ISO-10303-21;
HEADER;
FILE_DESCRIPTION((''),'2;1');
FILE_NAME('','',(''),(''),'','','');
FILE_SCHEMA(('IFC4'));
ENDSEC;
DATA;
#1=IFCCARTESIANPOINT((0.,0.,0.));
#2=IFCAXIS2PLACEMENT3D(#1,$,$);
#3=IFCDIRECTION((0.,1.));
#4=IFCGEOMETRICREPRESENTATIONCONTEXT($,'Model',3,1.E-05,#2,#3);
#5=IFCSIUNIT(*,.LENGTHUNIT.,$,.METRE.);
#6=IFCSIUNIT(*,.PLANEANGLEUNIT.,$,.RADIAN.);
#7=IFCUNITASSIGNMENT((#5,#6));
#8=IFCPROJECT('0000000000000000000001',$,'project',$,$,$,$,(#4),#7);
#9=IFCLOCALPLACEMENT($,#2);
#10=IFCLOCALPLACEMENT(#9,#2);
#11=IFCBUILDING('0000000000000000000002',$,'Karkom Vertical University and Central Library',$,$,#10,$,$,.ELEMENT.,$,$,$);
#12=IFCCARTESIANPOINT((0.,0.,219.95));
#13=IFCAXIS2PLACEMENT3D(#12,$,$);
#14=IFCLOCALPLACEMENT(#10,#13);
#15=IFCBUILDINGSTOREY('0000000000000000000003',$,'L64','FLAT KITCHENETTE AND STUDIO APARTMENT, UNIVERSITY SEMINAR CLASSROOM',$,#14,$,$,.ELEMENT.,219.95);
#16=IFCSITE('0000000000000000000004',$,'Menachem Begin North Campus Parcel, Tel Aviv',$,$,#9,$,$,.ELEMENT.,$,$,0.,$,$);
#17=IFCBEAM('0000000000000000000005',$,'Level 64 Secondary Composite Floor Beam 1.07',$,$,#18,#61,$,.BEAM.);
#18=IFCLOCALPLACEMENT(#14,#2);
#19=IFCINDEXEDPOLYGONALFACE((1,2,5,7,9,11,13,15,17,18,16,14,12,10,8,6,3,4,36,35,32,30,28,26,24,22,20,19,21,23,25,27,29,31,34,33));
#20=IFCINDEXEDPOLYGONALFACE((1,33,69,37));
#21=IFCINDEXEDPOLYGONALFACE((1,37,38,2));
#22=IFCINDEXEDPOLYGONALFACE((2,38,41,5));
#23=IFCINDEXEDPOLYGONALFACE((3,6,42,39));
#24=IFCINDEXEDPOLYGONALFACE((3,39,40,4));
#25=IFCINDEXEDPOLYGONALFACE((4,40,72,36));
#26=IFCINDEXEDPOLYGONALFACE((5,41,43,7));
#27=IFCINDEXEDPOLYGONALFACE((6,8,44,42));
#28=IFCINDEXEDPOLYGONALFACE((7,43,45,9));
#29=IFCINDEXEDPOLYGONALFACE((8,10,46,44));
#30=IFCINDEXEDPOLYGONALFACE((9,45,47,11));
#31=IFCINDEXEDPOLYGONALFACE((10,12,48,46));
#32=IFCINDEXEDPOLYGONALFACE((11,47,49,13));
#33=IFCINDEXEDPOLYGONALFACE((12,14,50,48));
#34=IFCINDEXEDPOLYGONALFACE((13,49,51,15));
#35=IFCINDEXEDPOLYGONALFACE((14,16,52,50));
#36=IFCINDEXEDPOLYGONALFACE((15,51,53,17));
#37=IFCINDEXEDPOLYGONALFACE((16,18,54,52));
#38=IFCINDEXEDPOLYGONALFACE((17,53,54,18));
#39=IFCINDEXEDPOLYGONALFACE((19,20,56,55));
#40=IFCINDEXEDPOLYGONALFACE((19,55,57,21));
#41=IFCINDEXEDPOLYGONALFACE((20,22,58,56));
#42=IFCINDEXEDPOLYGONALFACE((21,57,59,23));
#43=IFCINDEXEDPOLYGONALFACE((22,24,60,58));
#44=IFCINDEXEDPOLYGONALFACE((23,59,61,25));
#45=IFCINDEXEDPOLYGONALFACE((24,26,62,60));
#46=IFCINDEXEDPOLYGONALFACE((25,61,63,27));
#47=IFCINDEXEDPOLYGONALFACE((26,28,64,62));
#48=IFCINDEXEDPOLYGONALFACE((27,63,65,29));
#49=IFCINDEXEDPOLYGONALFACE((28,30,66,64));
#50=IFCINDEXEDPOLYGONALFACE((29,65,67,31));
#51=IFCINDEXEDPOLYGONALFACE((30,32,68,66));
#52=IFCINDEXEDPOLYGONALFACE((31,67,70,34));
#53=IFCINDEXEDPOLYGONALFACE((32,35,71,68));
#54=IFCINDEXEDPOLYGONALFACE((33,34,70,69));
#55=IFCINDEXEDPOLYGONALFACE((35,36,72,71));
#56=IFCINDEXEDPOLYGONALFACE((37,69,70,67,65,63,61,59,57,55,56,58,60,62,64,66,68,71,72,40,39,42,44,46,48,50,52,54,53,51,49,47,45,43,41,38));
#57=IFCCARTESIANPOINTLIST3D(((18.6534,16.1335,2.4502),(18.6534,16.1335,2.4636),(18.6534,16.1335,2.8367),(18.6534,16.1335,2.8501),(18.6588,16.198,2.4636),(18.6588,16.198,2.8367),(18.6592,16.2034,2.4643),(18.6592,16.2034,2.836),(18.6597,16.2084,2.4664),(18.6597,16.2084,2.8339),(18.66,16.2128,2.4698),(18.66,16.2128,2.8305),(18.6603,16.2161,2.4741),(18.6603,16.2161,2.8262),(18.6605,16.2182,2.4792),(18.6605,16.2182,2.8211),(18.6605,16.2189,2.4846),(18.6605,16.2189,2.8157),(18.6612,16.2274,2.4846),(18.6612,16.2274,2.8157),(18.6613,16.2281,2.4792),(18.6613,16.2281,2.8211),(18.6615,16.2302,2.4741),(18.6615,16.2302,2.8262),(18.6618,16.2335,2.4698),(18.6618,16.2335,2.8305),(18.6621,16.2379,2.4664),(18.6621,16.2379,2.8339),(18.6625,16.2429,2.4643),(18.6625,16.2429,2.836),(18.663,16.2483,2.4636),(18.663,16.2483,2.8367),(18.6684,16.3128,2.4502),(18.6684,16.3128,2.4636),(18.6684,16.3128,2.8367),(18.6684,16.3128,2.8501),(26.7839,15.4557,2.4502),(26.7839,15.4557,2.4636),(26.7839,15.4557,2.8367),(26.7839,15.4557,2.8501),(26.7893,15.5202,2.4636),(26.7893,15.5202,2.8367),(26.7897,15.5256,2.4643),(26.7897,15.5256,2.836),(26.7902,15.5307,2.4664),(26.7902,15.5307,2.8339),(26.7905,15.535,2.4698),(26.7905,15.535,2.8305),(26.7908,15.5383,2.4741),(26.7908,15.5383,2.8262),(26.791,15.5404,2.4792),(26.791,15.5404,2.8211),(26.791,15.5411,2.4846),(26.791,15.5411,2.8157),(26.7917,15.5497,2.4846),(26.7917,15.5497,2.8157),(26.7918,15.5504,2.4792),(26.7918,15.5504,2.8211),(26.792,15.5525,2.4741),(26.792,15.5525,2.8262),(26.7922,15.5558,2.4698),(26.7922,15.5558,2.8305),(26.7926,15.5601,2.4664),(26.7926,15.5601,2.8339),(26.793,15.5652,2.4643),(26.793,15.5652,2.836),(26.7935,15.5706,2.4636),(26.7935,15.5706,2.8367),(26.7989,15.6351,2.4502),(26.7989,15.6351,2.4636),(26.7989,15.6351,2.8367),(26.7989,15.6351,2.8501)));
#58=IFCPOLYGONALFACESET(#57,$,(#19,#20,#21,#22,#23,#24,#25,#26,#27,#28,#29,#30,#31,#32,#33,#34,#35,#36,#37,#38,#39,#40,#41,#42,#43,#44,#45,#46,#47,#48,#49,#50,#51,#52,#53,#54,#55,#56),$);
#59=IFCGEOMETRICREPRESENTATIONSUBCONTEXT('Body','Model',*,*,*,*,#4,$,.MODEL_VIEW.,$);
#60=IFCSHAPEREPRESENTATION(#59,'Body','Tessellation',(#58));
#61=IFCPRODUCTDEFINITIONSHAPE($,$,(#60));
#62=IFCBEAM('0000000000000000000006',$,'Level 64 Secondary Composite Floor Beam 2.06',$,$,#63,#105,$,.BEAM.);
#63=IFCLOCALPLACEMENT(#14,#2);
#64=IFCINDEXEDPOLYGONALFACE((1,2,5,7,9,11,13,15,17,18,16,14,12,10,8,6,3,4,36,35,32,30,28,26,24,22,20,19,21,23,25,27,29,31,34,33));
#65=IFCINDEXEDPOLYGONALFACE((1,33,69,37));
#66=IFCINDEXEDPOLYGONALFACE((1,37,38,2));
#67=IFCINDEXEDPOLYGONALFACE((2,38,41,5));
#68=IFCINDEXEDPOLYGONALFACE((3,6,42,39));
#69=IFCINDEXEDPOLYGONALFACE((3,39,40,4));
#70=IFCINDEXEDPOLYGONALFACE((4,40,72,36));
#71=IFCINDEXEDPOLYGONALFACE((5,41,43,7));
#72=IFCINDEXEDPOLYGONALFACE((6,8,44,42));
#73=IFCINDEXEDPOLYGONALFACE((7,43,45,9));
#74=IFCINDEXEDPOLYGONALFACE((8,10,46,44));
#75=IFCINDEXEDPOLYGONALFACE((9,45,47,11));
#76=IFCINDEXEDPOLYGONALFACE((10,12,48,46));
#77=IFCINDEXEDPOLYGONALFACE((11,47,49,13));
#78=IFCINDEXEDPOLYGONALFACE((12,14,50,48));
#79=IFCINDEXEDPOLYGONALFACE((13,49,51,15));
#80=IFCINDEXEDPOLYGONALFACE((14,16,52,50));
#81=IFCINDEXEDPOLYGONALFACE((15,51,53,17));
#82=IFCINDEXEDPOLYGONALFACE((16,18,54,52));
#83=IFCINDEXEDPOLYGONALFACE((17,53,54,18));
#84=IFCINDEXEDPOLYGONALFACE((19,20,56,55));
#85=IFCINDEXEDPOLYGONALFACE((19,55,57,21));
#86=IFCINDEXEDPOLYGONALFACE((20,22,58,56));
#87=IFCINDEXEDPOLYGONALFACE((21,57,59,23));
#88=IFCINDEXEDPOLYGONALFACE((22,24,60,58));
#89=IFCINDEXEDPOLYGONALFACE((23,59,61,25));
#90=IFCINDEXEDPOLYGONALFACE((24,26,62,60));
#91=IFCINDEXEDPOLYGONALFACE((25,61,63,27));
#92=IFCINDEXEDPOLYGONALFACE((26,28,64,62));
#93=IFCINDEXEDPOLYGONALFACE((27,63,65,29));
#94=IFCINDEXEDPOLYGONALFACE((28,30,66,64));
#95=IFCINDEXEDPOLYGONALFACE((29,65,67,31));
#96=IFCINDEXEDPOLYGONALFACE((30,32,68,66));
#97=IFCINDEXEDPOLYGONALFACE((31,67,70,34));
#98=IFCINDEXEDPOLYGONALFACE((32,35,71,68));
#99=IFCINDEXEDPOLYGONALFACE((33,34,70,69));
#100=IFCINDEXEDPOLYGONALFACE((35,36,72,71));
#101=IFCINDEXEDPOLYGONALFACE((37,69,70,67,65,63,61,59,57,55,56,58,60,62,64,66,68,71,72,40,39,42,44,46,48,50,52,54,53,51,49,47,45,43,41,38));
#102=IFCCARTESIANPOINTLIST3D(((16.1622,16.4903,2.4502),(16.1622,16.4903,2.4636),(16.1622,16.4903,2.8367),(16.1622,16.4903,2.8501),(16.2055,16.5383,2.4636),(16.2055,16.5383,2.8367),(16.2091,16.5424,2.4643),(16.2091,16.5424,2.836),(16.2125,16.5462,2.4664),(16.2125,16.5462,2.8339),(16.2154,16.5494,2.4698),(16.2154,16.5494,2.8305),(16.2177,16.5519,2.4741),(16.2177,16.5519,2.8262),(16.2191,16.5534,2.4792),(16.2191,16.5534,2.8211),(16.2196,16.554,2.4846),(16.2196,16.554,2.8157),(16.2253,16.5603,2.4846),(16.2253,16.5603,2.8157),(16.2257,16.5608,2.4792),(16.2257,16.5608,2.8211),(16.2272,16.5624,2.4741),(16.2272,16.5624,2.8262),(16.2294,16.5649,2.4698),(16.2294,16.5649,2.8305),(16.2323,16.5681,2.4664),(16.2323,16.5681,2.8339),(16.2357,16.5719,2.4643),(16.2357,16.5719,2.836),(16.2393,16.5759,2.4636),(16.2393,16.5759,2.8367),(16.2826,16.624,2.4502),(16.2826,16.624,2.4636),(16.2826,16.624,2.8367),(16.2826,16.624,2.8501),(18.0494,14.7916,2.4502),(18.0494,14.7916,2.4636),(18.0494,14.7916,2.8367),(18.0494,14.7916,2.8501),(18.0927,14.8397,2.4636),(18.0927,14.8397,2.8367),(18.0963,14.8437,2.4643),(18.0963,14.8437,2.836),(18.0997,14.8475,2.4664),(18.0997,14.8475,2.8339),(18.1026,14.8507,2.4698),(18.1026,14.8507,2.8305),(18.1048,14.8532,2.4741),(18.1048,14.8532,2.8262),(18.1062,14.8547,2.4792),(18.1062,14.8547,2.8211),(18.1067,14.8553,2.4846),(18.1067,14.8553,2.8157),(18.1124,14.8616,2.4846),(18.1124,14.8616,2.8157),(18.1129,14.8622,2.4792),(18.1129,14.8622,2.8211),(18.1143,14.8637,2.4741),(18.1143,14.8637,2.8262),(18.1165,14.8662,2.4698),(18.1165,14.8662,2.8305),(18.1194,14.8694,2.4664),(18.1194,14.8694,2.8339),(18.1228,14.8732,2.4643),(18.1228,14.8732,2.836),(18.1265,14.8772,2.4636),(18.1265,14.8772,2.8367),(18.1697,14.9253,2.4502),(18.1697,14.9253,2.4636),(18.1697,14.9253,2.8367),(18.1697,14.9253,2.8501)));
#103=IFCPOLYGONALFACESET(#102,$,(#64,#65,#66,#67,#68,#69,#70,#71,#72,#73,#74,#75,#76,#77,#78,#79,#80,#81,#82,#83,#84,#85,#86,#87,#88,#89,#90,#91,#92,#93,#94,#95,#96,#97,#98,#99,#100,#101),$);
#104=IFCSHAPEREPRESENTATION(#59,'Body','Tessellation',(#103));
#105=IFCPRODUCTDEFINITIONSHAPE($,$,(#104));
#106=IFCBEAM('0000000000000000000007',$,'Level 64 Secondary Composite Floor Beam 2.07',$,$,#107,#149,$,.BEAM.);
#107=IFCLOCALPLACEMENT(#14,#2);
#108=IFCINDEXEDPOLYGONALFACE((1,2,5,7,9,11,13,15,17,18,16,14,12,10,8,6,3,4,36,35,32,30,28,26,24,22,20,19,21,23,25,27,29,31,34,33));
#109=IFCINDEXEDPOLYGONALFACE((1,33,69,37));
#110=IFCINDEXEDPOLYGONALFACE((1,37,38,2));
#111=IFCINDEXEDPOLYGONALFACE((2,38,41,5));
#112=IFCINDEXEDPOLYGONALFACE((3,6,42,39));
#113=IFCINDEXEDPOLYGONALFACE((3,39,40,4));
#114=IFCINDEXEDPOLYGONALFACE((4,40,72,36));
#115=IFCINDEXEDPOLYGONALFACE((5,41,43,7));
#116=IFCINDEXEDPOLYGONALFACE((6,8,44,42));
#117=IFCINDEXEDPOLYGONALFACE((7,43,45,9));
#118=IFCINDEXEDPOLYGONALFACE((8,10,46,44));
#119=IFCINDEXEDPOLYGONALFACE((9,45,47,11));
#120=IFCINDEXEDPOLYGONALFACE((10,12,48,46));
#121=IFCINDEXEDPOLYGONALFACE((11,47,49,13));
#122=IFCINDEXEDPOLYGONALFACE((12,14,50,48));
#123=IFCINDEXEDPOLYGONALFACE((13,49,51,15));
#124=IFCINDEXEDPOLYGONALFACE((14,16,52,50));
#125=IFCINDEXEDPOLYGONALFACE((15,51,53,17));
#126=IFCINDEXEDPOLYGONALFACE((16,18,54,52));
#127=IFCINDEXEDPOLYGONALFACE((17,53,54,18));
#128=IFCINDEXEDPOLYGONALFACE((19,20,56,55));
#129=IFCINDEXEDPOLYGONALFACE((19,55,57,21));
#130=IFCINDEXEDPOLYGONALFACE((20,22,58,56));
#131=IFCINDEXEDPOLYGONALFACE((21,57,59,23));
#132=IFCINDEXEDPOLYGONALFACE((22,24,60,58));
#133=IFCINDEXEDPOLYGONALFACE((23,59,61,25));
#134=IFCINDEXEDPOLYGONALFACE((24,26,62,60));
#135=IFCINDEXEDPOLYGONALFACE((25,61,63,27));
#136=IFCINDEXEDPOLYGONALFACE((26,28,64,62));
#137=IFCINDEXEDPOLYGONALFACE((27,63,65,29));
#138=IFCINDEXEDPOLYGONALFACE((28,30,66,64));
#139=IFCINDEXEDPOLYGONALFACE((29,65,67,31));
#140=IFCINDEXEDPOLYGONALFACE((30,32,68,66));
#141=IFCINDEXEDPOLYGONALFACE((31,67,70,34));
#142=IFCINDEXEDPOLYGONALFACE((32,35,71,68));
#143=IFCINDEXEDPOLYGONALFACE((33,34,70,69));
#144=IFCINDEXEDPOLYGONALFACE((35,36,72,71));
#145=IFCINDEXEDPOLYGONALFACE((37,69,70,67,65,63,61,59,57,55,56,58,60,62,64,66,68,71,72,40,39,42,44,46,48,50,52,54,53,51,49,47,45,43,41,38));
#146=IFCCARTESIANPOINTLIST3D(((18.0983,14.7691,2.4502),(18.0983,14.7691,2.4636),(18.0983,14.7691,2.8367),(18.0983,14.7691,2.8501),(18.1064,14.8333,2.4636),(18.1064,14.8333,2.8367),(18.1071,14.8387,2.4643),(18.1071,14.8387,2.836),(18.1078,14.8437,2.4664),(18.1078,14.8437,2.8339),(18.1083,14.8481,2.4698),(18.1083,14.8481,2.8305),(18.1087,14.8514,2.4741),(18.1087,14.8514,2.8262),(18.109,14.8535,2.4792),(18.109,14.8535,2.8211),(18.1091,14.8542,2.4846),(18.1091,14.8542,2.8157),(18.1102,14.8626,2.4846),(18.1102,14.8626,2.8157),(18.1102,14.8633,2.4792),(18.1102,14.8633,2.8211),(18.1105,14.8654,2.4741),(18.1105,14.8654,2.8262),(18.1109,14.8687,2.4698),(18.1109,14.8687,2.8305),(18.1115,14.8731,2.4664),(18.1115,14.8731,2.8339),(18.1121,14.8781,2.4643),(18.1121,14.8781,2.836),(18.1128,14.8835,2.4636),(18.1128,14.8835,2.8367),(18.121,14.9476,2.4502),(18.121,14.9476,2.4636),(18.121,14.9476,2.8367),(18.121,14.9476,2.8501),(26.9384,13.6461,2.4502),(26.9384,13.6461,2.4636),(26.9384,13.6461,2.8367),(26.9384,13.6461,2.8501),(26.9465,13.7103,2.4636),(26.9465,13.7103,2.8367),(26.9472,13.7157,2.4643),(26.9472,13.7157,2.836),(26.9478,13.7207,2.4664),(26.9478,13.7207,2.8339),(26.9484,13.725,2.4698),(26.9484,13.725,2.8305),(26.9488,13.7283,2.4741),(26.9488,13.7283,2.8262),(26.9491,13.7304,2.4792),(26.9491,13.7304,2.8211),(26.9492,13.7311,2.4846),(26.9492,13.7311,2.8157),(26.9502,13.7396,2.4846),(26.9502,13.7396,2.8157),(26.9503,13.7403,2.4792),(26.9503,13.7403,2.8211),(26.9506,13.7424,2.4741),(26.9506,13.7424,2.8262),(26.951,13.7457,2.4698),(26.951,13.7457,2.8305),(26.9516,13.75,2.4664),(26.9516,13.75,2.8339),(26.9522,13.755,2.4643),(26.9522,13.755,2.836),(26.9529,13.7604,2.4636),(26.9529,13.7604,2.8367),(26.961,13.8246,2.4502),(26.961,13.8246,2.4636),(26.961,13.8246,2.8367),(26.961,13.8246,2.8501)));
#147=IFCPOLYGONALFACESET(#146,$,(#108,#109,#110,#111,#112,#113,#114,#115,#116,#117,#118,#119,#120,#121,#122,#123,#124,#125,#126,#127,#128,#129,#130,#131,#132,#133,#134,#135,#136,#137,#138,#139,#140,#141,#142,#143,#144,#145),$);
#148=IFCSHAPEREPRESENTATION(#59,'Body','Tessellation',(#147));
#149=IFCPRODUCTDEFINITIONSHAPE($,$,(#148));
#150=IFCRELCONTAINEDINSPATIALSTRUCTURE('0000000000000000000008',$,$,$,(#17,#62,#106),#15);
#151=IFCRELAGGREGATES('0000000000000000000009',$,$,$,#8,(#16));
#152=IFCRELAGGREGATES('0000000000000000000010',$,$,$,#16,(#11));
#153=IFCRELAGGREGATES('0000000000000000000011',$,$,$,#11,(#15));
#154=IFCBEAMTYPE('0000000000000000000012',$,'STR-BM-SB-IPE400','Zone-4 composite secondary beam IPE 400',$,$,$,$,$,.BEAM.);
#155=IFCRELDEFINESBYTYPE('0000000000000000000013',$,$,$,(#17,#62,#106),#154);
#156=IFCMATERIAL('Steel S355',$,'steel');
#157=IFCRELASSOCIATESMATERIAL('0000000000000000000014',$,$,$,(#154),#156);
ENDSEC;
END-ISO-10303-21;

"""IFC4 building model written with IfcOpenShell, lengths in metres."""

from ifc_helpers import new_model, si_unit, direction, frame, origin, origin_with_axes, origin_2d, place, context, subcontext, project, spatial, i_section, extrude, source, transform, mapped, material, material_profile, profile_set, type_object, element, save


model = new_model("IFC4")

# Units and contexts
model_context = context("Model", 3, precision=1e-05, world=origin(), true_north=direction((0.0, 1.0)))
body_context = subcontext(model_context, "Body", "Model", "MODEL_VIEW")
ifc_project = project(units=[si_unit("LENGTHUNIT", "METRE"), si_unit("PLANEANGLEUNIT", "RADIAN")], contexts=[model_context])

# Site, building, storey
site_placement = place(None, origin())
site = spatial("IfcSite", under=ifc_project, at=site_placement, Name="Menachem Begin North Campus Parcel, Tel Aviv", CompositionType="ELEMENT", RefElevation=0.0)
building_placement = place(site_placement, origin())
building = spatial("IfcBuilding", under=site, at=building_placement, Name="Karkom Vertical University and Central Library", CompositionType="ELEMENT")
storey_placement = place(building_placement, frame((0.0, 0.0, 219.95)))
storey = spatial("IfcBuildingStorey", under=building, at=storey_placement, Name="L64", Description="FLAT KITCHENETTE AND STUDIO APARTMENT, UNIVERSITY SEMINAR CLASSROOM", CompositionType="ELEMENT", Elevation=219.95)

# Beams
ifc_material_1 = material(Name="Steel S355", Category="steel")
ifc_material_profile_1 = material_profile(ifc_material_1, i_section(OverallWidth=0.1799, OverallDepth=0.3999, WebThickness=0.0085, FlangeThickness=0.0134, FilletRadius=0.021, at=origin_2d()), Name="IPE 400")
ifc_profile_set_1 = profile_set([ifc_material_profile_1], Name="Steel S355")
beam_type_1 = type_object("IfcBeamType", Name="STR-BM-SB-IPE400", Description="Zone-4 composite secondary beam IPE 400", PredefinedType="BEAM", material=ifc_profile_set_1)
shared_shape_1 = source(origin_with_axes(), body_context, "Body", "SweptSolid", [
    extrude(i_section(OverallWidth=0.1799, OverallDepth=0.3999, WebThickness=0.0085, FlangeThickness=0.0134, FilletRadius=0.021, at=origin_2d()), origin(), (0.0, 0.0, 1.0), 8.1587),
])
beam_1_placement = place(storey_placement, frame((18.6609, 16.2231, 2.6501), z_axis=(0.996544, -0.08307, 0.0), x_axis=(0.08307, 0.996544, 0.0)))
element("IfcBeam", 1, at=beam_1_placement, inside=storey, type_object=beam_type_1, Name="Level 64 Secondary Composite Floor Beam 1.07", PredefinedType="BEAM", context=body_context, shape_type="MappedRepresentation", body=[
    mapped(shared_shape_1, transform((0.0, 0.0, 0.0), scale=1.0)),
])
shared_shape_2 = source(origin_with_axes(), body_context, "Body", "SweptSolid", [
    extrude(i_section(OverallWidth=0.1799, OverallDepth=0.3999, WebThickness=0.0085, FlangeThickness=0.0134, FilletRadius=0.021, at=origin_2d()), origin(), (0.0, 0.0, 1.0), 2.5391),
])
beam_2_placement = place(storey_placement, frame((16.2224, 16.5571, 2.6501), z_axis=(0.743246, -0.669018, 0.0), x_axis=(0.669018, 0.743246, 0.0)))
element("IfcBeam", 2, at=beam_2_placement, inside=storey, type_object=beam_type_1, Name="Level 64 Secondary Composite Floor Beam 2.06", PredefinedType="BEAM", context=body_context, shape_type="MappedRepresentation", body=[
    mapped(shared_shape_2, transform((0.0, 0.0, 0.0), scale=1.0)),
])
shared_shape_3 = source(origin_with_axes(), body_context, "Body", "SweptSolid", [
    extrude(i_section(OverallWidth=0.1799, OverallDepth=0.3999, WebThickness=0.0085, FlangeThickness=0.0134, FilletRadius=0.021, at=origin_2d()), origin(), (0.0, 0.0, 1.0), 8.9111),
])
beam_3_placement = place(storey_placement, frame((18.1096, 14.8584, 2.6501), z_axis=(0.992027, -0.126027, 0.0), x_axis=(0.126027, 0.992027, 0.0)))
element("IfcBeam", 3, at=beam_3_placement, inside=storey, type_object=beam_type_1, Name="Level 64 Secondary Composite Floor Beam 2.07", PredefinedType="BEAM", context=body_context, shape_type="MappedRepresentation", body=[
    mapped(shared_shape_3, transform((0.0, 0.0, 0.0), scale=1.0)),
])

save(model, "model.ifc")
